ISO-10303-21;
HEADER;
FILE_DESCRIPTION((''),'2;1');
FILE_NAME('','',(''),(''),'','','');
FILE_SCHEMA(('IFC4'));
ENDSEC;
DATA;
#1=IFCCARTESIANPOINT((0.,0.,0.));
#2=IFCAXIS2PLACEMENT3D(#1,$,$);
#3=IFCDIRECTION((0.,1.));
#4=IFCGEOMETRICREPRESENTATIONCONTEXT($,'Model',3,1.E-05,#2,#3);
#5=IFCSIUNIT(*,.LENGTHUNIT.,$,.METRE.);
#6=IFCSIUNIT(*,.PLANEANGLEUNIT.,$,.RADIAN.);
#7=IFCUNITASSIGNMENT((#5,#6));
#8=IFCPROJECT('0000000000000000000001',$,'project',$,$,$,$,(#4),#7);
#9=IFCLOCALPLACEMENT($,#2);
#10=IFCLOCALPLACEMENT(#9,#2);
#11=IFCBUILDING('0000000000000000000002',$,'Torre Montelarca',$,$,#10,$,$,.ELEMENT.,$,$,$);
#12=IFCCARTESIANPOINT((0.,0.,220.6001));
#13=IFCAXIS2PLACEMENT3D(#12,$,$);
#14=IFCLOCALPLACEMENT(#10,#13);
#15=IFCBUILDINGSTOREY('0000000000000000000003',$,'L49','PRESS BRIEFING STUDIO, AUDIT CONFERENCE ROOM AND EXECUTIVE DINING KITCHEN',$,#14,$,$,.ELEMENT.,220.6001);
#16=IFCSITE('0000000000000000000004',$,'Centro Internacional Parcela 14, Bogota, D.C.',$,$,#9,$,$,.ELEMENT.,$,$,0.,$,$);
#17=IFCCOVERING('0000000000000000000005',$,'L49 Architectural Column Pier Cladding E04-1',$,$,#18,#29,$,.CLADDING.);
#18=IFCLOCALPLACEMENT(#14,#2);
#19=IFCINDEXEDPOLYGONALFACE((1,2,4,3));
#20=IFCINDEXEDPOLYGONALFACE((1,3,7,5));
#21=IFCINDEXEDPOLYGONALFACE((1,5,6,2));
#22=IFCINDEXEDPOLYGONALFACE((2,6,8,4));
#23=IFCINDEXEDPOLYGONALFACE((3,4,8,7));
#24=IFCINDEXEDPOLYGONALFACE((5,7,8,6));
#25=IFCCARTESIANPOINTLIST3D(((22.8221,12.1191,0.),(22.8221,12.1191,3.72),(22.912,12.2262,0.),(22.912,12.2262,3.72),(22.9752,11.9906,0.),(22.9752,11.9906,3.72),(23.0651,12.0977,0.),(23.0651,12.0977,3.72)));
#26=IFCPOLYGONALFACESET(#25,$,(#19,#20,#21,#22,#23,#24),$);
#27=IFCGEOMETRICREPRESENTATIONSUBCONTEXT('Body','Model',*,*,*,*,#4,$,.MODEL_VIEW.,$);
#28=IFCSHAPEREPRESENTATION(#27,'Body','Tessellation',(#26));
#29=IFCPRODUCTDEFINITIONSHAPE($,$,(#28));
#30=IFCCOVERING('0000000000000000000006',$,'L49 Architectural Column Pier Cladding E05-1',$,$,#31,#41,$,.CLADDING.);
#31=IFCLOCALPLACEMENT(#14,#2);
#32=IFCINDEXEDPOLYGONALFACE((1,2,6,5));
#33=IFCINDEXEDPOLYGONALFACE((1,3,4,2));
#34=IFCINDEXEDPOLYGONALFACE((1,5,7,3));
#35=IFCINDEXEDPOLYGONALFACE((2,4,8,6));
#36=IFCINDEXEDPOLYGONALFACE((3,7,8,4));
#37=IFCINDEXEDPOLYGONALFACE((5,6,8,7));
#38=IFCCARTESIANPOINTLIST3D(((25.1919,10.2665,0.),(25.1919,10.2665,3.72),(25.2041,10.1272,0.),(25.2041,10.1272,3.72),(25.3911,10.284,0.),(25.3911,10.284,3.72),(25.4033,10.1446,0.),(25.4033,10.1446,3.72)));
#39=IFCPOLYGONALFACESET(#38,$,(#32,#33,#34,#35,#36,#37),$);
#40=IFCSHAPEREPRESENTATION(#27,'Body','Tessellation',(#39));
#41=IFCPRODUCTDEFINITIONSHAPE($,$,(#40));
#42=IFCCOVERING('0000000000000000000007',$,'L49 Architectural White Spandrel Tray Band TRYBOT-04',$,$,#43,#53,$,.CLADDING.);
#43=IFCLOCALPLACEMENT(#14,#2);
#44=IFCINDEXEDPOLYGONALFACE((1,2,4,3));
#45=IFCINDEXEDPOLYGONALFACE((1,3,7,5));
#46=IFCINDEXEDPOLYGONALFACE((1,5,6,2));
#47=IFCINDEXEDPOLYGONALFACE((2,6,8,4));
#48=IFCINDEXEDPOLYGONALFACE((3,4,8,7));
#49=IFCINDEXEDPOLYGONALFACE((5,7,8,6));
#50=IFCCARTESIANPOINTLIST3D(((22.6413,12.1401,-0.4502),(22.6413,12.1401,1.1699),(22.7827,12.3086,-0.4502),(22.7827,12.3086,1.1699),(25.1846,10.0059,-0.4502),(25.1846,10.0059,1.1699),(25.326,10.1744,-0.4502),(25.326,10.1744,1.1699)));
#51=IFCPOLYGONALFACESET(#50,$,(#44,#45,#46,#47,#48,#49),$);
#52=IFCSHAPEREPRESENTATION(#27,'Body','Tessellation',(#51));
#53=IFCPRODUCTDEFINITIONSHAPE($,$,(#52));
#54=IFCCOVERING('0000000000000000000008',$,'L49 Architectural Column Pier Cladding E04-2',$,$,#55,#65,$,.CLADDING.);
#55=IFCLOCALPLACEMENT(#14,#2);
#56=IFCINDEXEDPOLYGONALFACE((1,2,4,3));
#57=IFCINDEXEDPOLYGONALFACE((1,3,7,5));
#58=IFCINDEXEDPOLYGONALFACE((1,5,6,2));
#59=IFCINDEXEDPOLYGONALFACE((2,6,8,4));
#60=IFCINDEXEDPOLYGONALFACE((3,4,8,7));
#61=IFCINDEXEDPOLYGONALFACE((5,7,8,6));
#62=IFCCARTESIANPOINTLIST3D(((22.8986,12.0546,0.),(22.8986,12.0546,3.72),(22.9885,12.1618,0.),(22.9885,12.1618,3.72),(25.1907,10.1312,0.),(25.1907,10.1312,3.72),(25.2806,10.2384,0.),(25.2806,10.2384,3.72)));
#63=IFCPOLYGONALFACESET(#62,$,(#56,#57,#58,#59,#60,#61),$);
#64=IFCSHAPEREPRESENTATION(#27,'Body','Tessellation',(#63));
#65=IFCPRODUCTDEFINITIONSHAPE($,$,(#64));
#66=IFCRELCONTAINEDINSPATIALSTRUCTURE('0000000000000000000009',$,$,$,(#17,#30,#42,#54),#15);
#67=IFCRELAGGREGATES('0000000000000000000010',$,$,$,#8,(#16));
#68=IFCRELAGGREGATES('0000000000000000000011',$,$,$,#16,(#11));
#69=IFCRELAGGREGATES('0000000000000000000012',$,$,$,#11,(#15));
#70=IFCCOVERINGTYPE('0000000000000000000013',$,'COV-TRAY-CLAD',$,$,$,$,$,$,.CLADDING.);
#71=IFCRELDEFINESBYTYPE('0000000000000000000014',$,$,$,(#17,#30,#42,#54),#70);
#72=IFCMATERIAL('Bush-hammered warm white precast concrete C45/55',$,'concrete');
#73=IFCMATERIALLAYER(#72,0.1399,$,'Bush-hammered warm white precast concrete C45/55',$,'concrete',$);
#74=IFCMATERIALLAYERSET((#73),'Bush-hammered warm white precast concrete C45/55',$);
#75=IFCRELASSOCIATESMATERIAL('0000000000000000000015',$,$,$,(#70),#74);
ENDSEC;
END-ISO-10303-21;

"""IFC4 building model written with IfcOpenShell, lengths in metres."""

from ifc_helpers import new_model, si_unit, direction, frame, origin, origin_2d, place, context, subcontext, project, spatial, rectangle, extrude, source, transform, mapped, material, layer, layer_set, type_object, element, save


model = new_model("IFC4")

# Units and contexts
model_context = context("Model", 3, precision=1e-05, world=origin(), true_north=direction((0.0, 1.0)))
body_context = subcontext(model_context, "Body", "Model", "MODEL_VIEW")
ifc_project = project(units=[si_unit("LENGTHUNIT", "METRE"), si_unit("PLANEANGLEUNIT", "RADIAN")], contexts=[model_context])

# Site, building, storey
site_placement = place(None, origin())
site = spatial("IfcSite", under=ifc_project, at=site_placement, Name="Centro Internacional Parcela 14, Bogota, D.C.", CompositionType="ELEMENT", RefElevation=0.0)
building_placement = place(site_placement, origin())
building = spatial("IfcBuilding", under=site, at=building_placement, Name="Torre Montelarca", CompositionType="ELEMENT")
storey_placement = place(building_placement, frame((0.0, 0.0, 220.6001)))
storey = spatial("IfcBuildingStorey", under=building, at=storey_placement, Name="L49", Description="PRESS BRIEFING STUDIO, AUDIT CONFERENCE ROOM AND EXECUTIVE DINING KITCHEN", CompositionType="ELEMENT", Elevation=220.6001)

# Coverings
ifc_material_1 = material(Name="Bush-hammered warm white precast concrete C45/55", Category="concrete")
ifc_layer_1 = layer(ifc_material_1, 0.1399, Name="Bush-hammered warm white precast concrete C45/55", Category="concrete")
ifc_layer_set_1 = layer_set([ifc_layer_1], Name="Bush-hammered warm white precast concrete C45/55")
covering_type = type_object("IfcCoveringType", Name="COV-TRAY-CLAD", PredefinedType="CLADDING", material=ifc_layer_set_1)
shared_shape_1 = source(origin(), body_context, "Body", "SweptSolid", [
    extrude(rectangle(XDim=0.2, YDim=0.1399, at=origin_2d()), origin(), (0.0, 0.0, 1.0), 3.72),
])
for number, where, z_axis, x_axis, name in (
    (1, (22.9436, 12.1084, 0.0), (0.0, 0.0, 1.0), (0.766028, -0.642808, 0.0), "L49 Architectural Column Pier Cladding E04-1"),
    (2, (25.2976, 10.2056, 0.0), (0.0, 0.0, 1.0), (0.996193, 0.087177, 0.0), "L49 Architectural Column Pier Cladding E05-1"),
):
    element("IfcCovering", number, at=place(storey_placement, frame(where, z_axis=z_axis, x_axis=x_axis)), inside=storey, type_object=covering_type, Name=name, PredefinedType="CLADDING", context=body_context, shape_type="MappedRepresentation", body=[
        mapped(shared_shape_1, transform((0.0, 0.0, 0.0), scale=1.0)),
    ])
shared_shape_2 = source(origin(), body_context, "Body", "SweptSolid", [
    extrude(rectangle(XDim=3.3201, YDim=0.22, at=origin_2d()), origin(), (0.0, 0.0, 1.0), 1.6201),
])
covering_1_placement = place(storey_placement, frame((23.9836, 11.1572, -0.4502), z_axis=(0.0, 0.0, 1.0), x_axis=(0.766026, -0.642809, 0.0)))
element("IfcCovering", 3, at=covering_1_placement, inside=storey, type_object=covering_type, Name="L49 Architectural White Spandrel Tray Band TRYBOT-04", PredefinedType="CLADDING", context=body_context, shape_type="MappedRepresentation", body=[
    mapped(shared_shape_2, transform((0.0, 0.0, 0.0), scale=1.0)),
])
shared_shape_3 = source(origin(), body_context, "Body", "SweptSolid", [
    extrude(rectangle(XDim=2.9922, YDim=0.1399, at=origin_2d()), origin(), (0.0, 0.0, 1.0), 3.72),
])
covering_2_placement = place(storey_placement, frame((24.0896, 11.1465, 0.0), z_axis=(0.0, 0.0, 1.0), x_axis=(0.766028, -0.642808, 0.0)))
element("IfcCovering", 4, at=covering_2_placement, inside=storey, type_object=covering_type, Name="L49 Architectural Column Pier Cladding E04-2", PredefinedType="CLADDING", context=body_context, shape_type="MappedRepresentation", body=[
    mapped(shared_shape_3, transform((0.0, 0.0, 0.0), scale=1.0)),
])

save(model, "model.ifc")
